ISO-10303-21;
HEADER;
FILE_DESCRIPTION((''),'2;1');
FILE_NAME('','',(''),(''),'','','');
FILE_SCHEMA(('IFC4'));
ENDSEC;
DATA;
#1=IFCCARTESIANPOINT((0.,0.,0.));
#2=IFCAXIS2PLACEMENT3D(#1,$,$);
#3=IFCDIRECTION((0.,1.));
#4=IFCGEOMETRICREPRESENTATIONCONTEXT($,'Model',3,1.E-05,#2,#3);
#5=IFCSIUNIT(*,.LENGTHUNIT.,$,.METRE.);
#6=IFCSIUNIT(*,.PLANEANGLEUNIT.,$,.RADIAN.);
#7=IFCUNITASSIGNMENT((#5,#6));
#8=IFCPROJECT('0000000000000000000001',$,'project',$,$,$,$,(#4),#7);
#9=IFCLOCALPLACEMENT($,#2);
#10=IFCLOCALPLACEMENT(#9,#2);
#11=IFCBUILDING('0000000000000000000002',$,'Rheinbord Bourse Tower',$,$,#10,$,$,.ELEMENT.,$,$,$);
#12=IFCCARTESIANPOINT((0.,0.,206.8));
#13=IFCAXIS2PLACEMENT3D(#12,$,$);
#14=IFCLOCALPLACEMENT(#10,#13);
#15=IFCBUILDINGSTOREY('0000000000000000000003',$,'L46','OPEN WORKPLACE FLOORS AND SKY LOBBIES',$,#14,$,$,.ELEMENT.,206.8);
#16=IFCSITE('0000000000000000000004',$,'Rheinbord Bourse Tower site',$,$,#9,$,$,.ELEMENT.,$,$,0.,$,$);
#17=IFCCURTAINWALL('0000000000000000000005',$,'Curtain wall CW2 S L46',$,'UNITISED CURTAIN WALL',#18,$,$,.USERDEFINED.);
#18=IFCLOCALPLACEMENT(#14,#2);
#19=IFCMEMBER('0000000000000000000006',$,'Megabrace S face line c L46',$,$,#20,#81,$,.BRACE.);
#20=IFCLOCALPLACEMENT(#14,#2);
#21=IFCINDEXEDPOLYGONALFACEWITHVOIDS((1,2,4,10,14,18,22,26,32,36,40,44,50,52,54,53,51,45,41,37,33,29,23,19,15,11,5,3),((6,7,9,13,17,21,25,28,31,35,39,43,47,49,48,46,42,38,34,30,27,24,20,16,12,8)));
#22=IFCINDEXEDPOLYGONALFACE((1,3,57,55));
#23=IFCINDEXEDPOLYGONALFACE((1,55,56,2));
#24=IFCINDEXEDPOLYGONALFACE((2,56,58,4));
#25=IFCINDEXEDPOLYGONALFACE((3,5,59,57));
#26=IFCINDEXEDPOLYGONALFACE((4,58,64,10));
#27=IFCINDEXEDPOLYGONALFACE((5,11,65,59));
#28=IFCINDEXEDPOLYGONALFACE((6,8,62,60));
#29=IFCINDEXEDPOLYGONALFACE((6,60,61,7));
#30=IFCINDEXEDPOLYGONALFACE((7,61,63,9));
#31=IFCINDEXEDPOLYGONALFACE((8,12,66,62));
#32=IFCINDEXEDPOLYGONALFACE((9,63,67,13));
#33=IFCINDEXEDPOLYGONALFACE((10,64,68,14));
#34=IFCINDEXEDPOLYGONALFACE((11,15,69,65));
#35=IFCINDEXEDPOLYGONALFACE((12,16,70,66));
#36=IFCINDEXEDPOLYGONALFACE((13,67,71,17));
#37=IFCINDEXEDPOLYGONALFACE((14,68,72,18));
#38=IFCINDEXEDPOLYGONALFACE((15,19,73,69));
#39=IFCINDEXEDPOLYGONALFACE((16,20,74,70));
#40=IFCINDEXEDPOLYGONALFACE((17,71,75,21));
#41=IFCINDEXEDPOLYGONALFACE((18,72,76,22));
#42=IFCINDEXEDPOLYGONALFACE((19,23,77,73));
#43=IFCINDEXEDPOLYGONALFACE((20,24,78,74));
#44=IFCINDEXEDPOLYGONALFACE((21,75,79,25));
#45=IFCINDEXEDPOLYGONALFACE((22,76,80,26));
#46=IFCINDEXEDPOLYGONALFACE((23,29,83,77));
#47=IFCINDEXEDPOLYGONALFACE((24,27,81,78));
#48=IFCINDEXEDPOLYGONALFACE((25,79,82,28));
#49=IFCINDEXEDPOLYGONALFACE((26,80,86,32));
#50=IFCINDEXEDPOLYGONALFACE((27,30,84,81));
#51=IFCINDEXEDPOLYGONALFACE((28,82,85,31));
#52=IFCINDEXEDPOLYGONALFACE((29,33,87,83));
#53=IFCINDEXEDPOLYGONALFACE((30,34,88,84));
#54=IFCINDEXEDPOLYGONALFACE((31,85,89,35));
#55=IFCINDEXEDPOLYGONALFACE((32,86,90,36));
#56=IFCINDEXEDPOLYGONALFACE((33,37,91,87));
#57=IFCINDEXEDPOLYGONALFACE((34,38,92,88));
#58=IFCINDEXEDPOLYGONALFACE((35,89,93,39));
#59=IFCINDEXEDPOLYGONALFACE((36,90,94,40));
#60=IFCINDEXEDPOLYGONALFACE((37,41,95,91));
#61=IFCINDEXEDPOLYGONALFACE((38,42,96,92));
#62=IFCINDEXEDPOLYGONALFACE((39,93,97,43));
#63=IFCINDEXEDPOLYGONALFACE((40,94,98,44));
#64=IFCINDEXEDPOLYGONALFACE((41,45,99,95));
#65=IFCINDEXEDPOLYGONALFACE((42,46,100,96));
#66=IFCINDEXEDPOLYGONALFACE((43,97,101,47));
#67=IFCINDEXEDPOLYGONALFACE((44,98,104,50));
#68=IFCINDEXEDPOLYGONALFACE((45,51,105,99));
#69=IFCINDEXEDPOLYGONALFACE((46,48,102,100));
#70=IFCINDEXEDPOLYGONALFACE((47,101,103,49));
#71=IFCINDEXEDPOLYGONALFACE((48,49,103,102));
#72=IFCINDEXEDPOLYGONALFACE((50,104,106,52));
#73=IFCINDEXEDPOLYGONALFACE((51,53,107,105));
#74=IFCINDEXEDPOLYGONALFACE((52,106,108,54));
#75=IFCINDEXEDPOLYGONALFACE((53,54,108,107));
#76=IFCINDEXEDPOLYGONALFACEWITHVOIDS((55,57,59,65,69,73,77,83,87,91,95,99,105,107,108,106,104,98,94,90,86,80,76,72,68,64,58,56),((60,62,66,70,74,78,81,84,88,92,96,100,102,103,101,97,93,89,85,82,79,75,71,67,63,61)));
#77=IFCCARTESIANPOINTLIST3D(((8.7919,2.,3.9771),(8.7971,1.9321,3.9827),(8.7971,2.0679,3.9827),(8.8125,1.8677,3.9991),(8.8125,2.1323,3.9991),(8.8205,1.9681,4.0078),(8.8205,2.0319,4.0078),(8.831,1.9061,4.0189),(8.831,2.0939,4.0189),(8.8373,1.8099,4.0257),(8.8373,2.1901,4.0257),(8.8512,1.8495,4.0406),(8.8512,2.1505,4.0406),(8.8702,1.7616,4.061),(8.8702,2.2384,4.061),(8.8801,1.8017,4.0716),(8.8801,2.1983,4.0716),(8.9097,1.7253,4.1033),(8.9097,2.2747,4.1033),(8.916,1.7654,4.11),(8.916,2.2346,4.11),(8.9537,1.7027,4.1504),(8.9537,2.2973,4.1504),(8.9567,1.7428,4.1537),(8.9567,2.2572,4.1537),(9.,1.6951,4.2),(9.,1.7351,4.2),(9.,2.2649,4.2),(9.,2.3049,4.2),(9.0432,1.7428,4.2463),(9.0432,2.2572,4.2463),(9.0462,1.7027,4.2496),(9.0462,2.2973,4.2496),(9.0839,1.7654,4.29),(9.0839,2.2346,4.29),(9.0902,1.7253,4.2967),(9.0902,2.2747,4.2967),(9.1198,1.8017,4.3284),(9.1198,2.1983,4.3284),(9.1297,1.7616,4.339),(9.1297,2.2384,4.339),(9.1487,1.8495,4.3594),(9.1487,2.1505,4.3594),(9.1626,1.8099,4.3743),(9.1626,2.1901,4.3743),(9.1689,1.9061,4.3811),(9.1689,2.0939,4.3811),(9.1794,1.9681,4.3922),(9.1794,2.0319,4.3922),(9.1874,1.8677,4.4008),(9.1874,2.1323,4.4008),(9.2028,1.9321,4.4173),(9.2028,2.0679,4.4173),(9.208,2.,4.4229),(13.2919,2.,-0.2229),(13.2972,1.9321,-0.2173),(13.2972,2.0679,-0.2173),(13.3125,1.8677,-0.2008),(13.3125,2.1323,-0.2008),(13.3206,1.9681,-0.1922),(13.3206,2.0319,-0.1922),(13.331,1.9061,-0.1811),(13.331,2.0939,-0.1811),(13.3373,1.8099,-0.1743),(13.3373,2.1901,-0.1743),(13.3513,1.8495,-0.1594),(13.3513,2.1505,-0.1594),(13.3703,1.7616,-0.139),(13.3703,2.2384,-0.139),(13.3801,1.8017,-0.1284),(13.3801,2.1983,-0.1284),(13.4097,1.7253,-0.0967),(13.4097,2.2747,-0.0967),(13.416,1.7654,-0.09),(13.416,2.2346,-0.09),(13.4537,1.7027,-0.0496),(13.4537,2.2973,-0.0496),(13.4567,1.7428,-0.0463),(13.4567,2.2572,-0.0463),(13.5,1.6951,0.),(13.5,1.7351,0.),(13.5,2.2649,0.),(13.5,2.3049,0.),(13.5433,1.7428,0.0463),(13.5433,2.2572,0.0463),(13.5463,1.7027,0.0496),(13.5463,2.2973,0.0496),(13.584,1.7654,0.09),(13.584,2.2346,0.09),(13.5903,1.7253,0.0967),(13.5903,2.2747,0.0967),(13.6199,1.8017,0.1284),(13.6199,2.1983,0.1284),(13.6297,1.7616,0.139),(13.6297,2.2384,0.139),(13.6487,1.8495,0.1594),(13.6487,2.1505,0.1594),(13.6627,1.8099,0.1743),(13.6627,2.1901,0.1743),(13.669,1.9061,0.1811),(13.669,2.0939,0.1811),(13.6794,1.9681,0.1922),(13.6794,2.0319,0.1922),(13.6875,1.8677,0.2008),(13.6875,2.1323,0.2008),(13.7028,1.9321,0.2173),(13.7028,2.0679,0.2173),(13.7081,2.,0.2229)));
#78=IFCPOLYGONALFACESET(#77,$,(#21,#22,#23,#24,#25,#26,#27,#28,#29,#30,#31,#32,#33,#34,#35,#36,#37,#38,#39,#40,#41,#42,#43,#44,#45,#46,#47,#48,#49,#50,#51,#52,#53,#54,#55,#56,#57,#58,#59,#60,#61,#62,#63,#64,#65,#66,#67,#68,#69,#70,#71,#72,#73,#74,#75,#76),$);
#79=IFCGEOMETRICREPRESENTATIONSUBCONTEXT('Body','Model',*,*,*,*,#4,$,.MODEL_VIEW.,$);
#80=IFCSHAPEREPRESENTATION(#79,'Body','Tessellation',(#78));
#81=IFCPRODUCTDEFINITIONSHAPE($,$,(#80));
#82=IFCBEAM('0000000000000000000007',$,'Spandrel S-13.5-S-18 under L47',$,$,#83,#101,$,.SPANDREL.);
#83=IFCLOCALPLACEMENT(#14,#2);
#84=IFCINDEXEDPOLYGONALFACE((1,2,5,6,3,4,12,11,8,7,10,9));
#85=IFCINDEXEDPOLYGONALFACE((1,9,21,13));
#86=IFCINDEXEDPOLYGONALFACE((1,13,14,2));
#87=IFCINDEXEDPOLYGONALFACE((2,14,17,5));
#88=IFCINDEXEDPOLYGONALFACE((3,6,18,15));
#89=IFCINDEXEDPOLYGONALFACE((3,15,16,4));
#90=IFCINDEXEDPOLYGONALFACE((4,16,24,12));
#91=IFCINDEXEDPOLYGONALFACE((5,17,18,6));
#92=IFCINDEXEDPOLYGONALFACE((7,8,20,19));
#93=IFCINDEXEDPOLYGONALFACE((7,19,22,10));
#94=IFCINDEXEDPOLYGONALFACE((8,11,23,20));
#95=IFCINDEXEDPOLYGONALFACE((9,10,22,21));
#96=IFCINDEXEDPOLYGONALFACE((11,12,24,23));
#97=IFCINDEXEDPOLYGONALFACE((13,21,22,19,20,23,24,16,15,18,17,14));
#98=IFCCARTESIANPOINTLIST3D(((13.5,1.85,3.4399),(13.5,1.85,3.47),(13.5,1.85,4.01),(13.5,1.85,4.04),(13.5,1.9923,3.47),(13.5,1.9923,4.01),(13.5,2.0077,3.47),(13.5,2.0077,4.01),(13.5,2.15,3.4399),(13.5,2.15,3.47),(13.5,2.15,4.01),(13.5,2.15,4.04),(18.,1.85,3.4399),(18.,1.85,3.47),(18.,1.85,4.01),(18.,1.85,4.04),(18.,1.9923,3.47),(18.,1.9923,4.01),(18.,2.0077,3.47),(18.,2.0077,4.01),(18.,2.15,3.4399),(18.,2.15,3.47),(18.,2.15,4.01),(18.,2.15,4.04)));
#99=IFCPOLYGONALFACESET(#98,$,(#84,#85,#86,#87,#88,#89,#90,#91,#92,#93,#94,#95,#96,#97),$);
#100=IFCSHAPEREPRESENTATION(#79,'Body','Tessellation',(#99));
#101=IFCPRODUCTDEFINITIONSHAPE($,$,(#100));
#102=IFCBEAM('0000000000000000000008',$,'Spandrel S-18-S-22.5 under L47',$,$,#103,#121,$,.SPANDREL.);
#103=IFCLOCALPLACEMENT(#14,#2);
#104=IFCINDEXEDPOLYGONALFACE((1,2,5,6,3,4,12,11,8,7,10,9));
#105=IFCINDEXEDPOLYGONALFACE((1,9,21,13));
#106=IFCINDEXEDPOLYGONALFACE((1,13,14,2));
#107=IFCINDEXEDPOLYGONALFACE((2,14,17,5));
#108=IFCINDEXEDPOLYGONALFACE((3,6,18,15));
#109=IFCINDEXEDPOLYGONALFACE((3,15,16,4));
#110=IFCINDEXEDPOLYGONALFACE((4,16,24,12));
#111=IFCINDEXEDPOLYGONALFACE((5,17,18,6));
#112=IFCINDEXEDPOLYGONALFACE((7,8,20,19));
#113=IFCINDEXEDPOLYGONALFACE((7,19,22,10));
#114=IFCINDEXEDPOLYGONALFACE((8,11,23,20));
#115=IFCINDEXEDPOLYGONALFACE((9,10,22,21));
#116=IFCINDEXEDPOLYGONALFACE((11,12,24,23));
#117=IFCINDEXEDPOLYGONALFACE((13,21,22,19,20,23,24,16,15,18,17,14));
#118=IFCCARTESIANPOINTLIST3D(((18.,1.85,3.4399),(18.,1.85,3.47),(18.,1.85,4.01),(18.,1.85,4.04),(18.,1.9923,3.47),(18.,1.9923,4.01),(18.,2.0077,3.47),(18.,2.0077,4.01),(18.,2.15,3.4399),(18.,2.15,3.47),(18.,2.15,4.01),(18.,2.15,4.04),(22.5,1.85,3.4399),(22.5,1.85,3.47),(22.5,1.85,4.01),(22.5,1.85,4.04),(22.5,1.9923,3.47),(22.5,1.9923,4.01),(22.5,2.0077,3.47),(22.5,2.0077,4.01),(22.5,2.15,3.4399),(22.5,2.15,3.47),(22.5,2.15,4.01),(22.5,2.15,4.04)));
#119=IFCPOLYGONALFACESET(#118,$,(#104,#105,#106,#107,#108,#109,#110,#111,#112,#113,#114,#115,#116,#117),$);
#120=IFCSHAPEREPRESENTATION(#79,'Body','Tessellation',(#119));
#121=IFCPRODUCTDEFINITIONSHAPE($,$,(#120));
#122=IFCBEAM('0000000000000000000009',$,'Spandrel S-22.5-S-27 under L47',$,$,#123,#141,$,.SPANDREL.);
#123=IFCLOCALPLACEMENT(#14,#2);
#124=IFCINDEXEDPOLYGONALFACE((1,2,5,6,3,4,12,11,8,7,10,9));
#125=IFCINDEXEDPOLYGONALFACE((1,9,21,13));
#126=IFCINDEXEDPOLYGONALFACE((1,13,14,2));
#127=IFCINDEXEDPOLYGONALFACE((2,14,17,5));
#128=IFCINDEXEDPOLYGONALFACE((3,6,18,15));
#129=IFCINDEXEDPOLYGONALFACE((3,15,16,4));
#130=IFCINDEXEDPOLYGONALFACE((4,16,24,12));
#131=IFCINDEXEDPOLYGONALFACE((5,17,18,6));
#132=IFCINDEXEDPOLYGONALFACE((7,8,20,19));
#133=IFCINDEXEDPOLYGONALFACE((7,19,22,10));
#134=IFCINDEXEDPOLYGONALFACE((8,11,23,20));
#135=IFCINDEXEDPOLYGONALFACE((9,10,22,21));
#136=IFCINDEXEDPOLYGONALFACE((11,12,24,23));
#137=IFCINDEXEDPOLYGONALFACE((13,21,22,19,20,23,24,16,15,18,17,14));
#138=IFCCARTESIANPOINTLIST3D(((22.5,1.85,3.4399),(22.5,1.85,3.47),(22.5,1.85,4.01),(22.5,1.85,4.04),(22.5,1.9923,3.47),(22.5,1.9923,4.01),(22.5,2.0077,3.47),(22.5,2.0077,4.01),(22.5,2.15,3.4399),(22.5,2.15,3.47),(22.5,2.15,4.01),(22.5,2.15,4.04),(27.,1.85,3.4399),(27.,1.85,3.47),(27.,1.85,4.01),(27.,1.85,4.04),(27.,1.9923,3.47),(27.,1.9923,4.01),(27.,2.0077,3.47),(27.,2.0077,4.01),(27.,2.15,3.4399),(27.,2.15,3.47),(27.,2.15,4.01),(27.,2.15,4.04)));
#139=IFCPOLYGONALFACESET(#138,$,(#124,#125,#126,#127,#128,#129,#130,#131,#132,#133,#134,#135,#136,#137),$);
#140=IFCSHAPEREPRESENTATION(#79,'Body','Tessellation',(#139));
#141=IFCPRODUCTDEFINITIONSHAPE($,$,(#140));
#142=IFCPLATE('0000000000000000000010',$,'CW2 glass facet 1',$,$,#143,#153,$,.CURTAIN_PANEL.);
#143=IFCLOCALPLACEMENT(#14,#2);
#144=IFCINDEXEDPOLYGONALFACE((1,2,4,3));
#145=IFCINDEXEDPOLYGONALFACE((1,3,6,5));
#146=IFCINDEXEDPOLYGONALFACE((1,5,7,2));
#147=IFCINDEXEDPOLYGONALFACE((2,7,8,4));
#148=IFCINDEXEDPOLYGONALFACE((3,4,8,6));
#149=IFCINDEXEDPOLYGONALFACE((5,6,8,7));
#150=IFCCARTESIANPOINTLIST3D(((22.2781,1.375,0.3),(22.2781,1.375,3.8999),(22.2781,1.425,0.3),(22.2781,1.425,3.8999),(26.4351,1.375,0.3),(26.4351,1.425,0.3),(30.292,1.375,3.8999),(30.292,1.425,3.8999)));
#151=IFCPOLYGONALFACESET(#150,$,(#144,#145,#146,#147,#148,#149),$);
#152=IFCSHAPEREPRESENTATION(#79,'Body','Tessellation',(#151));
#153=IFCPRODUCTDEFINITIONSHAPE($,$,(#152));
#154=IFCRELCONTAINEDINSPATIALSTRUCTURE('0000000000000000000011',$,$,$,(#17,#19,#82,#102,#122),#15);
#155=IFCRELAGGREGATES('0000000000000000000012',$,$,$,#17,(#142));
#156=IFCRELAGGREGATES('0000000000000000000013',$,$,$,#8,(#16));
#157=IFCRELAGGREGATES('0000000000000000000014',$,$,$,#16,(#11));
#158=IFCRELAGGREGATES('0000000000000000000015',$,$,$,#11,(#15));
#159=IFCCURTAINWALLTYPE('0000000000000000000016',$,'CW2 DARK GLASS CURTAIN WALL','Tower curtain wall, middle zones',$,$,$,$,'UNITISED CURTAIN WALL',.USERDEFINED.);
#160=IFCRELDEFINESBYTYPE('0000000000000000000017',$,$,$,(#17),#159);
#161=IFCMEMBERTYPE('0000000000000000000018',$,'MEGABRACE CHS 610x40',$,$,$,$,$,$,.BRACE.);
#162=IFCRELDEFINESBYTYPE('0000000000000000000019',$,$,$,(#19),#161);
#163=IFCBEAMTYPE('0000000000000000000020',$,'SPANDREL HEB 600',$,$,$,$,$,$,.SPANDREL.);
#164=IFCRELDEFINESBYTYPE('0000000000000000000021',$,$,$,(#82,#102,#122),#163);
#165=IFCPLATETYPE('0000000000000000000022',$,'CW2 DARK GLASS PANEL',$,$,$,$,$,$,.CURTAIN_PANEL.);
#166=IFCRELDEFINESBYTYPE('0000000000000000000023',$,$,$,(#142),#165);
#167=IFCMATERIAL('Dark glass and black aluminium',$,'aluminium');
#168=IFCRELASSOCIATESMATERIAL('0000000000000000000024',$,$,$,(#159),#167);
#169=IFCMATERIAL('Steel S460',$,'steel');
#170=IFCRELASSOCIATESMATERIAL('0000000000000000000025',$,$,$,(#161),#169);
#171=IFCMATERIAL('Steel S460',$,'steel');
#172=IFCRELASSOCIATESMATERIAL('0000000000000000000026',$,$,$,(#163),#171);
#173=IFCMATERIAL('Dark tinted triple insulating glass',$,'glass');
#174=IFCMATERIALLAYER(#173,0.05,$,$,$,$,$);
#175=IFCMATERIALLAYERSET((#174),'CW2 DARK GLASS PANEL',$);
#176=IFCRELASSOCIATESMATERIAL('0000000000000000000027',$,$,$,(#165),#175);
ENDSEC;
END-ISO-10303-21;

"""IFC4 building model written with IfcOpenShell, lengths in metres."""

from ifc_helpers import new_model, si_unit, direction, frame, origin, origin_2d, place, context, subcontext, project, spatial, polyline, hollow_circle, i_section, outline, extrude, material, layer, layer_set, material_profile, profile_set, type_object, element, aggregate, save


model = new_model("IFC4")

# Units and contexts
model_context = context("Model", 3, precision=1e-05, world=origin(), true_north=direction((0.0, 1.0)))
body_context = subcontext(model_context, "Body", "Model", "MODEL_VIEW")
ifc_project = project(units=[si_unit("LENGTHUNIT", "METRE"), si_unit("PLANEANGLEUNIT", "RADIAN")], contexts=[model_context])

# Site, building, storey
site_placement = place(None, origin())
site = spatial("IfcSite", under=ifc_project, at=site_placement, Name="Rheinbord Bourse Tower site", CompositionType="ELEMENT", RefElevation=0.0)
building_placement = place(site_placement, origin())
building = spatial("IfcBuilding", under=site, at=building_placement, Name="Rheinbord Bourse Tower", CompositionType="ELEMENT")
storey_placement = place(building_placement, frame((0.0, 0.0, 206.8)))
storey = spatial("IfcBuildingStorey", under=building, at=storey_placement, Name="L46", Description="OPEN WORKPLACE FLOORS AND SKY LOBBIES", CompositionType="ELEMENT", Elevation=206.8)

# Curtain wall
ifc_material_1 = material(Name="Dark glass and black aluminium", Category="aluminium")
curtain_wall_type = type_object("IfcCurtainWallType", Name="CW2 DARK GLASS CURTAIN WALL", Description="Tower curtain wall, middle zones", ElementType="UNITISED CURTAIN WALL", PredefinedType="USERDEFINED", material=ifc_material_1)
curtain_wall_placement = place(storey_placement, origin())
curtain_wall = element("IfcCurtainWall", 1, at=curtain_wall_placement, inside=storey, type_object=curtain_wall_type, Name="Curtain wall CW2 S L46", ObjectType="UNITISED CURTAIN WALL", PredefinedType="USERDEFINED")

# Member
ifc_material_2 = material(Name="Steel S460", Category="steel")
ifc_material_profile_1 = material_profile(ifc_material_2, hollow_circle(Radius=0.3049, WallThickness=0.04, at=origin_2d()), Name="CHS 610x40")
ifc_profile_set_1 = profile_set([ifc_material_profile_1], Name="Steel S460")
member_type_1 = type_object("IfcMemberType", Name="MEGABRACE CHS 610x40", PredefinedType="BRACE", material=ifc_profile_set_1)
member_1_placement = place(storey_placement, frame((13.5, 2.0, 0.0), z_axis=(-0.731059, 0.0, 0.682314), x_axis=(0.0, -1.0, 0.0)))
element("IfcMember", 2, at=member_1_placement, inside=storey, type_object=member_type_1, Name="Megabrace S face line c L46", PredefinedType="BRACE", context=body_context, shape_type="SweptSolid", body=[
    extrude(hollow_circle(Radius=0.3049, WallThickness=0.04, at=origin_2d()), origin(), (0.0, 0.0, 1.0), 6.1555),
])

# Beams
ifc_material_3 = material(Name="Steel S460", Category="steel")
ifc_material_profile_2 = material_profile(ifc_material_3, i_section(OverallWidth=0.3, OverallDepth=0.6001, WebThickness=0.0154, FlangeThickness=0.03, at=origin_2d()), Name="HEB 600")
ifc_profile_set_2 = profile_set([ifc_material_profile_2], Name="Steel S460")
beam_type_1 = type_object("IfcBeamType", Name="SPANDREL HEB 600", PredefinedType="SPANDREL", material=ifc_profile_set_2)
for number, where, z_axis, x_axis, name in (
    (3, (13.5, 2.0, 3.74), (1.0, 0.0, 0.0), (0.0, 1.0, 0.0), "Spandrel S-13.5-S-18 under L47"),
    (4, (18.0, 2.0, 3.74), (1.0, 0.0, 0.0), (0.0, 1.0, 0.0), "Spandrel S-18-S-22.5 under L47"),
    (5, (22.5, 2.0, 3.74), (1.0, 0.0, 0.0), (0.0, 1.0, 0.0), "Spandrel S-22.5-S-27 under L47"),
):
    element("IfcBeam", number, at=place(storey_placement, frame(where, z_axis=z_axis, x_axis=x_axis)), inside=storey, type_object=beam_type_1, Name=name, PredefinedType="SPANDREL", context=body_context, shape_type="SweptSolid", body=[
        extrude(i_section(OverallWidth=0.3, OverallDepth=0.6001, WebThickness=0.0154, FlangeThickness=0.03, at=origin_2d()), origin(), (0.0, 0.0, 1.0), 4.5),
    ])

# Plate
ifc_material_4 = material(Name="Dark tinted triple insulating glass", Category="glass")
ifc_layer = layer(ifc_material_4, 0.05)
ifc_layer_set = layer_set([ifc_layer], Name="CW2 DARK GLASS PANEL")
plate_type = type_object("IfcPlateType", Name="CW2 DARK GLASS PANEL", PredefinedType="CURTAIN_PANEL", material=ifc_layer_set)
plate_placement = place(storey_placement, frame((22.2781, 1.375, 0.3), z_axis=(0.0, 1.0, 0.0), x_axis=(0.0, 0.0, 1.0)))
plate = element("IfcPlate", 6, at=plate_placement, type_object=plate_type, Name="CW2 glass facet 1", PredefinedType="CURTAIN_PANEL", context=body_context, shape_type="SweptSolid", body=[
    extrude(outline(polyline([(0.0, 0.0), (3.5999, 0.0), (3.5999, 8.0139), (0.0, 4.157), (0.0, 0.0)])), origin(), (0.0, 0.0, 1.0), 0.05),
])
aggregate(curtain_wall, [plate])

save(model, "model.ifc")
